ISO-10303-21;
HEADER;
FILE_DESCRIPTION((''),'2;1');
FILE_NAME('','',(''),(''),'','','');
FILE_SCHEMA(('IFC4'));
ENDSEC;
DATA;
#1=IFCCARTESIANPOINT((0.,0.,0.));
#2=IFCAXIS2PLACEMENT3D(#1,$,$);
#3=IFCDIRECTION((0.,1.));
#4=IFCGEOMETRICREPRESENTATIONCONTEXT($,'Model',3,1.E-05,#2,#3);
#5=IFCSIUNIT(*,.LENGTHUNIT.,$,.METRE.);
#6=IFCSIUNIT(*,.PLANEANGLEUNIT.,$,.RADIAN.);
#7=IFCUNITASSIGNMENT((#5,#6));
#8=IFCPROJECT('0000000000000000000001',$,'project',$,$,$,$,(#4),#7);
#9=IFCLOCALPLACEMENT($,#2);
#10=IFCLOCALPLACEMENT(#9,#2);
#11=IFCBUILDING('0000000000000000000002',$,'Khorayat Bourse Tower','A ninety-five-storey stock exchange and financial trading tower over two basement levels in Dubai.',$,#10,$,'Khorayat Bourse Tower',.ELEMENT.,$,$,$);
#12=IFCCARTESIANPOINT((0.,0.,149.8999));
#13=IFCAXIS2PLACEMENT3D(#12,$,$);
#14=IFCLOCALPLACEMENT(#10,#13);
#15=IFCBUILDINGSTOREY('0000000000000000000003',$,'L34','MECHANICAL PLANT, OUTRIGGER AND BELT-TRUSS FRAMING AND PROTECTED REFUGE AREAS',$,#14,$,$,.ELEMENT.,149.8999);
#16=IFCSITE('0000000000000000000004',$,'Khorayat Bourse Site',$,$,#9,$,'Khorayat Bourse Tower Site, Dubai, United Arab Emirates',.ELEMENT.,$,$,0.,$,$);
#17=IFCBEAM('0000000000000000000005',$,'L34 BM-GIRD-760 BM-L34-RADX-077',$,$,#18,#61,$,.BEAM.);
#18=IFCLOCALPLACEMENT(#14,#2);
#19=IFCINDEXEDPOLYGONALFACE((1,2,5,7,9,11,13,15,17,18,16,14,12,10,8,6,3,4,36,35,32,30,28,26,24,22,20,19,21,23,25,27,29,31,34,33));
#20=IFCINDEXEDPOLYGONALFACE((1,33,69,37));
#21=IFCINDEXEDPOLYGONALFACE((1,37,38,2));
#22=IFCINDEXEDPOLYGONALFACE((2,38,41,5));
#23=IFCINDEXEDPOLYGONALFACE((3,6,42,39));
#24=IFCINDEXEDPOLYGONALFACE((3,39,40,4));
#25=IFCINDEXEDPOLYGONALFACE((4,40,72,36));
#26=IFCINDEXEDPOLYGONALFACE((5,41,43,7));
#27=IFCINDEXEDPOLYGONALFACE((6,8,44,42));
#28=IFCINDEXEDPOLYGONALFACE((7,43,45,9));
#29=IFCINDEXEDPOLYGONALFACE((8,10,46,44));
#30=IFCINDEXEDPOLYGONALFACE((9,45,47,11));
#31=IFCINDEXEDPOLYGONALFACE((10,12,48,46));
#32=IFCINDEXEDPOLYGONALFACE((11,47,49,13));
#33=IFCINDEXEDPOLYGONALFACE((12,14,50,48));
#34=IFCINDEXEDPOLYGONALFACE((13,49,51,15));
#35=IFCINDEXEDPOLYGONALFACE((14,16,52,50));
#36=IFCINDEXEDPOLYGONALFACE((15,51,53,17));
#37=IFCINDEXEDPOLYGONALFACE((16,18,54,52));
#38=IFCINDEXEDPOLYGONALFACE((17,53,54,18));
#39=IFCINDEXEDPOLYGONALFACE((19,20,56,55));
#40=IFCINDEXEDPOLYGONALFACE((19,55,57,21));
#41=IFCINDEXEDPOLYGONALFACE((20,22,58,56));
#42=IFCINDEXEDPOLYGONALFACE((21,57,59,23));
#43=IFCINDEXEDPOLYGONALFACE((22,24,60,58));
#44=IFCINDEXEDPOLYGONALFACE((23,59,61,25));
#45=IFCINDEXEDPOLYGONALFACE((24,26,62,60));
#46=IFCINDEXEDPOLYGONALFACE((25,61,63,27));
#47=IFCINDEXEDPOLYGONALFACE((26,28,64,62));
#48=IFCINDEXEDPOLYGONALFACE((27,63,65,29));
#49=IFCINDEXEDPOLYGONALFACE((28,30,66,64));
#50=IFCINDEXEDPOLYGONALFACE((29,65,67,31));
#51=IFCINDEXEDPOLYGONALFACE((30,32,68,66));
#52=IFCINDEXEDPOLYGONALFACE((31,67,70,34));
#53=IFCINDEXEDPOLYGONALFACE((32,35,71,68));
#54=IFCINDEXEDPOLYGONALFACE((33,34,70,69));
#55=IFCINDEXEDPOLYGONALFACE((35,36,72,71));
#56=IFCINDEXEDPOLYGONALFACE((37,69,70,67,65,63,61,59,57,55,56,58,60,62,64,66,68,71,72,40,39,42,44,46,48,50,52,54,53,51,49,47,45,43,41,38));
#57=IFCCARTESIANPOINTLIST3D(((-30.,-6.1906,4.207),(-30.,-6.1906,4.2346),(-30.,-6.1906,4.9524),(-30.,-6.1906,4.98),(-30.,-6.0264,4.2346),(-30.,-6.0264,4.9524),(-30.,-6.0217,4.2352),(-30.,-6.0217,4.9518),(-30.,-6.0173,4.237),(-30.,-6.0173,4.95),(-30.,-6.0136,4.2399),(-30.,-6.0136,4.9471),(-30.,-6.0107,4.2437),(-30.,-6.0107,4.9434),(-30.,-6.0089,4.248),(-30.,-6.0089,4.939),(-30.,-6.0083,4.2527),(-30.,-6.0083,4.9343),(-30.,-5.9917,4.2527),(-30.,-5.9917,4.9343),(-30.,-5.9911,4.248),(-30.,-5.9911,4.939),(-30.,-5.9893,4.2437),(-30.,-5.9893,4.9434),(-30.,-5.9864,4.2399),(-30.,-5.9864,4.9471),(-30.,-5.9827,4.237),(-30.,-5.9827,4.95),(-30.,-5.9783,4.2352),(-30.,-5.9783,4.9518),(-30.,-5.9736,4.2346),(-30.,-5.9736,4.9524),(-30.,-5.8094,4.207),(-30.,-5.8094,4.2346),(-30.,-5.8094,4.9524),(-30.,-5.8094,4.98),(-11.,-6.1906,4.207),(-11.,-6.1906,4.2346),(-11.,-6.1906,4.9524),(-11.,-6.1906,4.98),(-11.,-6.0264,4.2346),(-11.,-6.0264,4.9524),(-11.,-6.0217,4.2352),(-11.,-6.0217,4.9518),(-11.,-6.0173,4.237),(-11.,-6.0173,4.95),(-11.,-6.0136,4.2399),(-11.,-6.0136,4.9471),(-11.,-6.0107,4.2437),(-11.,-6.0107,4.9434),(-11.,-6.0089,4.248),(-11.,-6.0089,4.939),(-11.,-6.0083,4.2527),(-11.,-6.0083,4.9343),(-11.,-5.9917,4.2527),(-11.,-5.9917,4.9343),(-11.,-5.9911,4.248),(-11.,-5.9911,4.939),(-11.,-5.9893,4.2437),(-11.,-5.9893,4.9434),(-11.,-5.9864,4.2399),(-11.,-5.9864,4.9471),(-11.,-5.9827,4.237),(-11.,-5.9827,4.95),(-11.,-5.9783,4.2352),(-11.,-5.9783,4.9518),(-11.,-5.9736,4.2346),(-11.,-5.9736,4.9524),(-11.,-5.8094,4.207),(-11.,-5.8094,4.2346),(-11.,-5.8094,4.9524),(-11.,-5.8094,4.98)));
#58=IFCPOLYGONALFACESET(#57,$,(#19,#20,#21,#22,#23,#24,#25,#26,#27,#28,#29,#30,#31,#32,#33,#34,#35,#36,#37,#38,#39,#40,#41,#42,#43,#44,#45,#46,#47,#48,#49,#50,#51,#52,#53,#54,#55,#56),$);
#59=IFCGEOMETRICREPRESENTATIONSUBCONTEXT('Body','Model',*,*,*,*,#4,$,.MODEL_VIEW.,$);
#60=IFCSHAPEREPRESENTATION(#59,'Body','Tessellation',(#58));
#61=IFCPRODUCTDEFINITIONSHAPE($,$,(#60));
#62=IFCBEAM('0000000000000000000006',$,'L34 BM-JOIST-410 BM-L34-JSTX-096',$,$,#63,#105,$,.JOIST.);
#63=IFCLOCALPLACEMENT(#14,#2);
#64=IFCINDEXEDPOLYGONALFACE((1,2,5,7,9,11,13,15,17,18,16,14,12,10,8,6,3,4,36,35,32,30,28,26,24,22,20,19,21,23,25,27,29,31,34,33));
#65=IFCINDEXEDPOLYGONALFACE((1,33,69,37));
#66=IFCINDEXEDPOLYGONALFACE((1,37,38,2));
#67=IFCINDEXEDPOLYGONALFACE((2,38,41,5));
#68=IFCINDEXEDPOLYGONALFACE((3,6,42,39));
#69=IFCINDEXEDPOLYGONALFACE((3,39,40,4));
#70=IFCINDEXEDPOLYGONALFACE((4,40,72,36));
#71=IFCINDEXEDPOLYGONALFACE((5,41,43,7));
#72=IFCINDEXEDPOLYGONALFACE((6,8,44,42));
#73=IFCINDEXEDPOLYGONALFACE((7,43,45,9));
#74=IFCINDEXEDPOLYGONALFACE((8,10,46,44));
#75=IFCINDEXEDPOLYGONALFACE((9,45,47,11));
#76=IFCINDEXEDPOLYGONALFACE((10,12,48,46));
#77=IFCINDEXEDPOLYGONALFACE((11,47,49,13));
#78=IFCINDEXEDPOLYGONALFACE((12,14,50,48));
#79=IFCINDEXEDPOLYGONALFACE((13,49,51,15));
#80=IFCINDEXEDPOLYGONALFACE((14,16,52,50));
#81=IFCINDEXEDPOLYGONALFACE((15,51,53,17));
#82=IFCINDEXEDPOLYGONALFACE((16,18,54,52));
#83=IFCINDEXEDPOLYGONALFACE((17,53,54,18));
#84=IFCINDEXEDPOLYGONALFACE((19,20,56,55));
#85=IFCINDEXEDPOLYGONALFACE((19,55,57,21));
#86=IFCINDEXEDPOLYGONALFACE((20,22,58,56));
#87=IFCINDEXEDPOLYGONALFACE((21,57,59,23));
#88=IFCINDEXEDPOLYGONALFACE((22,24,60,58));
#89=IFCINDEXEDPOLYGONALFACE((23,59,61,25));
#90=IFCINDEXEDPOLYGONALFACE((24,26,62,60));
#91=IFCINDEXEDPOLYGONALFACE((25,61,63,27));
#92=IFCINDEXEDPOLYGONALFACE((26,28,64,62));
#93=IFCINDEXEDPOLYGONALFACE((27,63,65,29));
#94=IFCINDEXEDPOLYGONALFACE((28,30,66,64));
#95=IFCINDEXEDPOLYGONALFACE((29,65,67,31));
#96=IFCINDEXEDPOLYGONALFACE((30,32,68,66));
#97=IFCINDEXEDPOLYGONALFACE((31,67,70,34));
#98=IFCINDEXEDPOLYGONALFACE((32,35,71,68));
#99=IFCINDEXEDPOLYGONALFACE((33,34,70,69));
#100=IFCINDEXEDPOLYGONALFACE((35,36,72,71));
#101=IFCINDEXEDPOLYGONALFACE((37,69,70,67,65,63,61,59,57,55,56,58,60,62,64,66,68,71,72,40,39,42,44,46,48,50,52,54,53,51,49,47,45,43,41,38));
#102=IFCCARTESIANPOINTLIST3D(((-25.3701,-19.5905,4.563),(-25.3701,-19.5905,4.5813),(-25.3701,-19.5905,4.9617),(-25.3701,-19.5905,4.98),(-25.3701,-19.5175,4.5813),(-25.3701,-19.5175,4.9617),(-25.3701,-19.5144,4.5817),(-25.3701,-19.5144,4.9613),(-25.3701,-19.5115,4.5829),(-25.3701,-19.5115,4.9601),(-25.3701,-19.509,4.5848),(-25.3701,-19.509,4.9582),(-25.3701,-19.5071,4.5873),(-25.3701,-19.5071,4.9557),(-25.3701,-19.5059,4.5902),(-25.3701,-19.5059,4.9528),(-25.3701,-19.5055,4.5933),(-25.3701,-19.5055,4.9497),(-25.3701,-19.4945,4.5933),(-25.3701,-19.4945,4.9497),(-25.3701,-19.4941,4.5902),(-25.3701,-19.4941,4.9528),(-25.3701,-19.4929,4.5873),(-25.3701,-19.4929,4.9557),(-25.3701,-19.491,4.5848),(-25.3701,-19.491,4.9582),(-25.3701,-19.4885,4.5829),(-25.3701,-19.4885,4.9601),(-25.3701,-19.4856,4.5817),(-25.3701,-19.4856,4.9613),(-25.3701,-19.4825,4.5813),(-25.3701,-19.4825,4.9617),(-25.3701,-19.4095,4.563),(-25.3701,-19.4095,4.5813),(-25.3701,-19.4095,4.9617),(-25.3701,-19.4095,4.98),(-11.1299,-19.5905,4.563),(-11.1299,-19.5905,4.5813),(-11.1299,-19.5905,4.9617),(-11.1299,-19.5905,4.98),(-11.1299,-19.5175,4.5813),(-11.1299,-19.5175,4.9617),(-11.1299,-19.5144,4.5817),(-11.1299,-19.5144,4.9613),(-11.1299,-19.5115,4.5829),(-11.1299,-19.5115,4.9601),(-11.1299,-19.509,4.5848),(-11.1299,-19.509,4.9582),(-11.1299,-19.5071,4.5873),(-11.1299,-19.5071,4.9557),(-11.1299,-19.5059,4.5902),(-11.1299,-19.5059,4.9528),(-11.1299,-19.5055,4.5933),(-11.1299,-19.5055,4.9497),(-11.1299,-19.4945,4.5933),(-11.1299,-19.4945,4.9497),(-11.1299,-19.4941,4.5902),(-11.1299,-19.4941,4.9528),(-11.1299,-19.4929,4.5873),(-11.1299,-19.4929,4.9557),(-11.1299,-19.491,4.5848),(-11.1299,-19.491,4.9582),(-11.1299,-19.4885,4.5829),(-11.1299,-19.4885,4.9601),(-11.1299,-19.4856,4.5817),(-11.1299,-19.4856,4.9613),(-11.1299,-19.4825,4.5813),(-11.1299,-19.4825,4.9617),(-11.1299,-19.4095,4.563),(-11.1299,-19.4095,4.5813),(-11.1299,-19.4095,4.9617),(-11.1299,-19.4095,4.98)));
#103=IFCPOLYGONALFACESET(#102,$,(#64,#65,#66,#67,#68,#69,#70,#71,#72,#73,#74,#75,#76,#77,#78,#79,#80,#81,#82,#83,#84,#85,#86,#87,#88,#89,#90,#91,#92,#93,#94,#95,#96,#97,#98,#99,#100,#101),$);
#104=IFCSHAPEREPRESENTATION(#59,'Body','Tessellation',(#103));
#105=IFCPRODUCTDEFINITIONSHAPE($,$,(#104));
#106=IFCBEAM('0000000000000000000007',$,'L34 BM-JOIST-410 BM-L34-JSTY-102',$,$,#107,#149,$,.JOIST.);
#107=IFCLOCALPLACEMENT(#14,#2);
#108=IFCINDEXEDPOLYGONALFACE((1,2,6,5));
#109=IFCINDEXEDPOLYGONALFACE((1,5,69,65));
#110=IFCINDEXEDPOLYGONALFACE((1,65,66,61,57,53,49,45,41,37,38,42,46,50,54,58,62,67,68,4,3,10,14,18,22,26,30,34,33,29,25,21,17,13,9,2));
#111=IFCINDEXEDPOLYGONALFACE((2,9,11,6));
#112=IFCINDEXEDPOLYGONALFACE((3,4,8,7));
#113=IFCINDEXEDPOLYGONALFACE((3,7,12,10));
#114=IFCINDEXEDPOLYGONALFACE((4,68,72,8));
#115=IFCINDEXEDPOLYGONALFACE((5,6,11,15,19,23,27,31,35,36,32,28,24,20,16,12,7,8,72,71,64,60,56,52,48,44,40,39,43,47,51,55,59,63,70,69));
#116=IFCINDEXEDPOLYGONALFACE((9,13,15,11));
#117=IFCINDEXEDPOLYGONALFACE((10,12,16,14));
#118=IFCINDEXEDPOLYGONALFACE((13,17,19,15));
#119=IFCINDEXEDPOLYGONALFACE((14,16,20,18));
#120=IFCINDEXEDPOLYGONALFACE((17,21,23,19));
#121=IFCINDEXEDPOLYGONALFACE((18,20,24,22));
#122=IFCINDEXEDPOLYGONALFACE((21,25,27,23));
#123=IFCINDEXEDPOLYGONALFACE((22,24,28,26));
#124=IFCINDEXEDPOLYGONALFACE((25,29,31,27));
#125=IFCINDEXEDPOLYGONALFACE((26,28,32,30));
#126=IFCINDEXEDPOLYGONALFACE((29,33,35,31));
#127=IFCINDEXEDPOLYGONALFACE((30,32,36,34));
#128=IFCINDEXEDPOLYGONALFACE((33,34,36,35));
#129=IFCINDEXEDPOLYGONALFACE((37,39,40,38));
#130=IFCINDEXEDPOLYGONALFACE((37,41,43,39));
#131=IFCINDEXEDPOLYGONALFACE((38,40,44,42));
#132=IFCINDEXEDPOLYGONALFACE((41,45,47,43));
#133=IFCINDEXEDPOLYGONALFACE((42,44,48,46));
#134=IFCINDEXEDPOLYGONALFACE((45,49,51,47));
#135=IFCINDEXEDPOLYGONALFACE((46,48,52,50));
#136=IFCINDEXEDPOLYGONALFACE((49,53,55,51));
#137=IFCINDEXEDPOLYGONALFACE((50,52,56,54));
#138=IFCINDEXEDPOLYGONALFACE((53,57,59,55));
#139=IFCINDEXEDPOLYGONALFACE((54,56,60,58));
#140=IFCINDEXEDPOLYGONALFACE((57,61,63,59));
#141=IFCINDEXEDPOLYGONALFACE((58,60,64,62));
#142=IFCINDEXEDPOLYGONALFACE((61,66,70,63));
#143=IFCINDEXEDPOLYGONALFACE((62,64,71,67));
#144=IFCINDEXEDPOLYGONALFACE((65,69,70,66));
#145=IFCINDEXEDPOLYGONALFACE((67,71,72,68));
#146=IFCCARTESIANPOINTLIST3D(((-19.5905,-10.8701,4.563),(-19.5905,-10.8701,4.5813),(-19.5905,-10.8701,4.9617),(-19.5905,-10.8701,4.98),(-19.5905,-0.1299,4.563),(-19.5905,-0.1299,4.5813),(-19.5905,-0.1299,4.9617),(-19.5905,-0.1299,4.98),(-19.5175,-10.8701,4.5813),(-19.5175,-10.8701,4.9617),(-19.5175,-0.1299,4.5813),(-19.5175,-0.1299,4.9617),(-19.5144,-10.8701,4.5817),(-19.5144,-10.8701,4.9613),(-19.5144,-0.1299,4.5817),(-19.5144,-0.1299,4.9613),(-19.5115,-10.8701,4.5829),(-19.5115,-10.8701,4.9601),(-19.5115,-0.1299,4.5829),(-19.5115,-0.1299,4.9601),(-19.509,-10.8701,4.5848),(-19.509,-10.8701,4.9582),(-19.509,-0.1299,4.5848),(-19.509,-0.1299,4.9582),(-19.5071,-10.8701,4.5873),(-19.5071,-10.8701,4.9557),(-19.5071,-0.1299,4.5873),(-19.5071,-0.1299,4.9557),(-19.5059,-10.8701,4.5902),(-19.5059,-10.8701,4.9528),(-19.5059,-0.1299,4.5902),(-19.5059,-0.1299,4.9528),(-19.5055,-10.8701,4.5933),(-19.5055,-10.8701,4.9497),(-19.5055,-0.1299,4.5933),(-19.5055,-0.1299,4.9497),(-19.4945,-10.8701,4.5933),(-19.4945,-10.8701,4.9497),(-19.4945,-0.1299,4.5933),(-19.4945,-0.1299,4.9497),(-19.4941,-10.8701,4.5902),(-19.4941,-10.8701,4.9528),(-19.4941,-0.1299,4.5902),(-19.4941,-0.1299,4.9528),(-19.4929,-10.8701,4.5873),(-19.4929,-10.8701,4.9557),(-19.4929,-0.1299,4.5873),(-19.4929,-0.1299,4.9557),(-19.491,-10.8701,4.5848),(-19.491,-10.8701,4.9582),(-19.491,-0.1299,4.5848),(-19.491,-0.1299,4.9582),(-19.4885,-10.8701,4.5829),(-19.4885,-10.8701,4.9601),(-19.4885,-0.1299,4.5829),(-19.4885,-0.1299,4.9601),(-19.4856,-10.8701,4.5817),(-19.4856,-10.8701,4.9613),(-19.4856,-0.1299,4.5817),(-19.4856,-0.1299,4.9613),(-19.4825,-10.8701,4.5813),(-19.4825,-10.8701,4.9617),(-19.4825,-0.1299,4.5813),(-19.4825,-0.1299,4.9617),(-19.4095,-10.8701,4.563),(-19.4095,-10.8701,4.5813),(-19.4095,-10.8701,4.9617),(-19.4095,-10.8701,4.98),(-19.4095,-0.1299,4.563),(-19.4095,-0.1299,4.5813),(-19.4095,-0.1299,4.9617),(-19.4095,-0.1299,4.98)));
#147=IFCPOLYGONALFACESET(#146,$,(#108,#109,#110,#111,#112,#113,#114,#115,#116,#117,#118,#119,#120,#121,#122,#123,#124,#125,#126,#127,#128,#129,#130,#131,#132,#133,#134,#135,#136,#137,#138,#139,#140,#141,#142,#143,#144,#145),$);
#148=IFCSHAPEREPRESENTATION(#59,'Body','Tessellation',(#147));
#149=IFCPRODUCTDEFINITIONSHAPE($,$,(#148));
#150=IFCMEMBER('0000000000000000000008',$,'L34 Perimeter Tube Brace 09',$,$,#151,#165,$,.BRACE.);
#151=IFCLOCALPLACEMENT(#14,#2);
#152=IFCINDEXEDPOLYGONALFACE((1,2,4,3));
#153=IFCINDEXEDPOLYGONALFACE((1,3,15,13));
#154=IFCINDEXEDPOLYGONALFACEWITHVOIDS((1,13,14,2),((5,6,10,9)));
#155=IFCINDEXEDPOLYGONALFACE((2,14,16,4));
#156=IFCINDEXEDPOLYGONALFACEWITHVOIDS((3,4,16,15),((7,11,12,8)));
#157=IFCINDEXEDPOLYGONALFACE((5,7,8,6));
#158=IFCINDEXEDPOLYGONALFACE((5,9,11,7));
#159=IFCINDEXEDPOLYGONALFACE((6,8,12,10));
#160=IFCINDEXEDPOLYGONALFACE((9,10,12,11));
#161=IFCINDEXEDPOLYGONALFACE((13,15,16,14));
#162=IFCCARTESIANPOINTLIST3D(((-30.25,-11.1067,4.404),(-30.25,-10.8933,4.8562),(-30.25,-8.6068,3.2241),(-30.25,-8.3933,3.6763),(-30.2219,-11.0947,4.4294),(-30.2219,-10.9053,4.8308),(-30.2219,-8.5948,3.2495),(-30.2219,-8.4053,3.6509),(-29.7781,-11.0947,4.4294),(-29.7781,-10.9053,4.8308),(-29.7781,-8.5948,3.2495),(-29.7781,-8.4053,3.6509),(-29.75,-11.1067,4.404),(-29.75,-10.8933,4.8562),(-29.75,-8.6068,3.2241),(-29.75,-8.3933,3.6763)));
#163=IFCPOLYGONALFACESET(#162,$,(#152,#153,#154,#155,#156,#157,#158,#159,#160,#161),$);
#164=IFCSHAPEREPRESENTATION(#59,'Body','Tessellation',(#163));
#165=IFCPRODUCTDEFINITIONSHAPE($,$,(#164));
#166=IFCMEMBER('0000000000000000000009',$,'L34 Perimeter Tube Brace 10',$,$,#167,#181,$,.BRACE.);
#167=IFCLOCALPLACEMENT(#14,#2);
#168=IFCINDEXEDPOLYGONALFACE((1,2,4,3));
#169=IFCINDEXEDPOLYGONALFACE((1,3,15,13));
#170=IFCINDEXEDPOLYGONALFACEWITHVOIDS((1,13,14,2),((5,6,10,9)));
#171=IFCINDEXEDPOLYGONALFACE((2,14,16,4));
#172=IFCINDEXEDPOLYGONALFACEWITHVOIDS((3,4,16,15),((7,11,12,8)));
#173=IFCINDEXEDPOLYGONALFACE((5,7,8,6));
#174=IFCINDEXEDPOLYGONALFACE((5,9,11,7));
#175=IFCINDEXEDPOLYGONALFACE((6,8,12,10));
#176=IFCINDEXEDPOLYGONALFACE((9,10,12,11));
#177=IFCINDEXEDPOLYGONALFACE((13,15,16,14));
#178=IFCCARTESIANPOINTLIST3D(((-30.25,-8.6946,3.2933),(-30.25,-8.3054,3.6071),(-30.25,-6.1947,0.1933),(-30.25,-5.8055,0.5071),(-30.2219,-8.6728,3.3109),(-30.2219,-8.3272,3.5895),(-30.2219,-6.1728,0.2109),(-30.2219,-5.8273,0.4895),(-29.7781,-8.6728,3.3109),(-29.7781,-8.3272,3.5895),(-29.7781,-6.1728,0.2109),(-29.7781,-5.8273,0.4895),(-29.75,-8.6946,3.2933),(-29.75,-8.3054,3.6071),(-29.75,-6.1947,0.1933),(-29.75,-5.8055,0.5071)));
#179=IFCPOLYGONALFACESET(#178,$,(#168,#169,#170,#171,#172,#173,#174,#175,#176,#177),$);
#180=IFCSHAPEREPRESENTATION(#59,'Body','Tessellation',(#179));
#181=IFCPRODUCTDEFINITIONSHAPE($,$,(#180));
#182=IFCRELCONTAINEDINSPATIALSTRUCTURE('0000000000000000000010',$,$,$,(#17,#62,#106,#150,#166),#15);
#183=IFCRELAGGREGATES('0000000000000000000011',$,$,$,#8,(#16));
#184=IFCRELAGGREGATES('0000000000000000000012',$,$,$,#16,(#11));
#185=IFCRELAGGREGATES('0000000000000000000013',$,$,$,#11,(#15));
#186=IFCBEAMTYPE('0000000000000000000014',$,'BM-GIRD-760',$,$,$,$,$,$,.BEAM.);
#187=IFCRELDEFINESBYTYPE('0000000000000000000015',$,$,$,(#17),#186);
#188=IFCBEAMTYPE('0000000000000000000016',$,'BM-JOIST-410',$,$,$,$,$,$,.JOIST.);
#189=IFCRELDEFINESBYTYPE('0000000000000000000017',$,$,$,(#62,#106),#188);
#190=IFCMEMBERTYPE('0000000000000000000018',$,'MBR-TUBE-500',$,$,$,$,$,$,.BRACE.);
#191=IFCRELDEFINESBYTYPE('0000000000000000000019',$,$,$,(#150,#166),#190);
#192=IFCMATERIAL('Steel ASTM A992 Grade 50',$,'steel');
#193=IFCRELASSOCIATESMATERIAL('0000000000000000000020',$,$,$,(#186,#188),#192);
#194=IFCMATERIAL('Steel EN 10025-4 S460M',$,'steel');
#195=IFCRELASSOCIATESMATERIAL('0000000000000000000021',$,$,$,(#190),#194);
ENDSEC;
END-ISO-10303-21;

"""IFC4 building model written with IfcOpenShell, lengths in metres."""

from ifc_helpers import new_model, si_unit, direction, frame, origin, origin_2d, place, context, subcontext, project, spatial, hollow_rectangle, i_section, extrude, source, transform, mapped, material, material_profile, profile_set, type_object, element, save


model = new_model("IFC4")

# Units and contexts
model_context = context("Model", 3, precision=1e-05, world=origin(), true_north=direction((0.0, 1.0)))
body_context = subcontext(model_context, "Body", "Model", "MODEL_VIEW")
ifc_project = project(units=[si_unit("LENGTHUNIT", "METRE"), si_unit("PLANEANGLEUNIT", "RADIAN")], contexts=[model_context])

# Site, building, storey
site_placement = place(None, origin())
site = spatial("IfcSite", under=ifc_project, at=site_placement, Name="Khorayat Bourse Site", LongName="Khorayat Bourse Tower Site, Dubai, United Arab Emirates", CompositionType="ELEMENT", RefElevation=0.0)
building_placement = place(site_placement, origin())
building = spatial("IfcBuilding", under=site, at=building_placement, Name="Khorayat Bourse Tower", Description="A ninety-five-storey stock exchange and financial trading tower over two basement levels in Dubai.", LongName="Khorayat Bourse Tower", CompositionType="ELEMENT")
storey_placement = place(building_placement, frame((0.0, 0.0, 149.8999)))
storey = spatial("IfcBuildingStorey", under=building, at=storey_placement, Name="L34", Description="MECHANICAL PLANT, OUTRIGGER AND BELT-TRUSS FRAMING AND PROTECTED REFUGE AREAS", CompositionType="ELEMENT", Elevation=149.8999)

# Shared definitions
ifc_material_1 = material(Name="Steel EN 10025-4 S460M", Category="steel")

# Beams
ifc_material_2 = material(Name="Steel ASTM A992 Grade 50", Category="steel")
ifc_material_profile_1 = material_profile(ifc_material_2, i_section(OverallWidth=0.3811, OverallDepth=0.7729, WebThickness=0.0166, FlangeThickness=0.0276, FilletRadius=0.0181, at=origin_2d()), Name="W760X257")
ifc_profile_set_1 = profile_set([ifc_material_profile_1], Name="Steel ASTM A992 Grade 50")
beam_type_1 = type_object("IfcBeamType", Name="BM-GIRD-760", PredefinedType="BEAM", material=ifc_profile_set_1)
shared_shape_1 = source(origin(), body_context, "Body", "SweptSolid", [
    extrude(i_section(OverallWidth=0.3811, OverallDepth=0.7729, WebThickness=0.0166, FlangeThickness=0.0276, FilletRadius=0.0181, at=origin_2d()), origin(), (0.0, 0.0, 1.0), 19.0),
])
for number, where, z_axis, x_axis, name in (
    (1, (-30.0, -6.0, 4.5935), (1.0, 0.0, 0.0), (0.0, 1.0, 0.0), "L34 BM-GIRD-760 BM-L34-RADX-077"),
):
    element("IfcBeam", number, at=place(storey_placement, frame(where, z_axis=z_axis, x_axis=x_axis)), inside=storey, type_object=beam_type_1, Name=name, PredefinedType="BEAM", context=body_context, shape_type="MappedRepresentation", body=[
        mapped(shared_shape_1, transform((0.0, 0.0, 0.0), scale=1.0)),
    ])
ifc_material_profile_2 = material_profile(ifc_material_2, i_section(OverallWidth=0.1809, OverallDepth=0.417, WebThickness=0.011, FlangeThickness=0.0183, FilletRadius=0.012, at=origin_2d()), Name="W410X85")
ifc_profile_set_2 = profile_set([ifc_material_profile_2], Name="Steel ASTM A992 Grade 50")
beam_type_2 = type_object("IfcBeamType", Name="BM-JOIST-410", PredefinedType="JOIST", material=ifc_profile_set_2)
shared_shape_2 = source(origin(), body_context, "Body", "SweptSolid", [
    extrude(i_section(OverallWidth=0.1809, OverallDepth=0.417, WebThickness=0.011, FlangeThickness=0.0183, FilletRadius=0.012, at=origin_2d()), origin(), (0.0, 0.0, 1.0), 14.2402),
])
beam_1_placement = place(storey_placement, frame((-25.3701, -19.5, 4.7715), z_axis=(1.0, 0.0, 0.0), x_axis=(0.0, 1.0, 0.0)))
element("IfcBeam", 2, at=beam_1_placement, inside=storey, type_object=beam_type_2, Name="L34 BM-JOIST-410 BM-L34-JSTX-096", PredefinedType="JOIST", context=body_context, shape_type="MappedRepresentation", body=[
    mapped(shared_shape_2, transform((0.0, 0.0, 0.0), scale=1.0)),
])
shared_shape_3 = source(origin(), body_context, "Body", "SweptSolid", [
    extrude(i_section(OverallWidth=0.1809, OverallDepth=0.417, WebThickness=0.011, FlangeThickness=0.0183, FilletRadius=0.012, at=origin_2d()), origin(), (0.0, 0.0, 1.0), 10.7402),
])
beam_2_placement = place(storey_placement, frame((-19.5, -10.8701, 4.7715), z_axis=(0.0, 1.0, 0.0), x_axis=(-1.0, 0.0, 0.0)))
element("IfcBeam", 3, at=beam_2_placement, inside=storey, type_object=beam_type_2, Name="L34 BM-JOIST-410 BM-L34-JSTY-102", PredefinedType="JOIST", context=body_context, shape_type="MappedRepresentation", body=[
    mapped(shared_shape_3, transform((0.0, 0.0, 0.0), scale=1.0)),
])

# Members
ifc_material_profile_3 = material_profile(ifc_material_1, hollow_rectangle(XDim=0.5, YDim=0.5, WallThickness=0.0281, at=origin_2d()), Name="HSS 500x500x28")
ifc_profile_set_3 = profile_set([ifc_material_profile_3], Name="Steel EN 10025-4 S460M")
member_type_1 = type_object("IfcMemberType", Name="MBR-TUBE-500", PredefinedType="BRACE", material=ifc_profile_set_3)
shared_shape_4 = source(origin(), body_context, "Body", "SweptSolid", [
    extrude(hollow_rectangle(XDim=0.5, YDim=0.5, WallThickness=0.0281, at=origin_2d()), origin(), (0.0, 0.0, 1.0), 2.7644),
])
member_1_placement = place(storey_placement, frame((-30.0, -11.0, 4.6301), z_axis=(0.0, 0.904336, -0.426822), x_axis=(-1.0, 0.0, 0.0)))
element("IfcMember", 4, at=member_1_placement, inside=storey, type_object=member_type_1, Name="L34 Perimeter Tube Brace 09", PredefinedType="BRACE", context=body_context, shape_type="MappedRepresentation", body=[
    mapped(shared_shape_4, transform((0.0, 0.0, 0.0), scale=1.0)),
])
shared_shape_5 = source(origin(), body_context, "Body", "SweptSolid", [
    extrude(hollow_rectangle(XDim=0.5, YDim=0.5, WallThickness=0.0281, at=origin_2d()), origin(), (0.0, 0.0, 1.0), 3.9824),
])
member_2_placement = place(storey_placement, frame((-30.0, -8.5, 3.4502), z_axis=(0.0, 0.62774, -0.778423), x_axis=(-1.0, 0.0, 0.0)))
element("IfcMember", 5, at=member_2_placement, inside=storey, type_object=member_type_1, Name="L34 Perimeter Tube Brace 10", PredefinedType="BRACE", context=body_context, shape_type="MappedRepresentation", body=[
    mapped(shared_shape_5, transform((0.0, 0.0, 0.0), scale=1.0)),
])

save(model, "model.ifc")
